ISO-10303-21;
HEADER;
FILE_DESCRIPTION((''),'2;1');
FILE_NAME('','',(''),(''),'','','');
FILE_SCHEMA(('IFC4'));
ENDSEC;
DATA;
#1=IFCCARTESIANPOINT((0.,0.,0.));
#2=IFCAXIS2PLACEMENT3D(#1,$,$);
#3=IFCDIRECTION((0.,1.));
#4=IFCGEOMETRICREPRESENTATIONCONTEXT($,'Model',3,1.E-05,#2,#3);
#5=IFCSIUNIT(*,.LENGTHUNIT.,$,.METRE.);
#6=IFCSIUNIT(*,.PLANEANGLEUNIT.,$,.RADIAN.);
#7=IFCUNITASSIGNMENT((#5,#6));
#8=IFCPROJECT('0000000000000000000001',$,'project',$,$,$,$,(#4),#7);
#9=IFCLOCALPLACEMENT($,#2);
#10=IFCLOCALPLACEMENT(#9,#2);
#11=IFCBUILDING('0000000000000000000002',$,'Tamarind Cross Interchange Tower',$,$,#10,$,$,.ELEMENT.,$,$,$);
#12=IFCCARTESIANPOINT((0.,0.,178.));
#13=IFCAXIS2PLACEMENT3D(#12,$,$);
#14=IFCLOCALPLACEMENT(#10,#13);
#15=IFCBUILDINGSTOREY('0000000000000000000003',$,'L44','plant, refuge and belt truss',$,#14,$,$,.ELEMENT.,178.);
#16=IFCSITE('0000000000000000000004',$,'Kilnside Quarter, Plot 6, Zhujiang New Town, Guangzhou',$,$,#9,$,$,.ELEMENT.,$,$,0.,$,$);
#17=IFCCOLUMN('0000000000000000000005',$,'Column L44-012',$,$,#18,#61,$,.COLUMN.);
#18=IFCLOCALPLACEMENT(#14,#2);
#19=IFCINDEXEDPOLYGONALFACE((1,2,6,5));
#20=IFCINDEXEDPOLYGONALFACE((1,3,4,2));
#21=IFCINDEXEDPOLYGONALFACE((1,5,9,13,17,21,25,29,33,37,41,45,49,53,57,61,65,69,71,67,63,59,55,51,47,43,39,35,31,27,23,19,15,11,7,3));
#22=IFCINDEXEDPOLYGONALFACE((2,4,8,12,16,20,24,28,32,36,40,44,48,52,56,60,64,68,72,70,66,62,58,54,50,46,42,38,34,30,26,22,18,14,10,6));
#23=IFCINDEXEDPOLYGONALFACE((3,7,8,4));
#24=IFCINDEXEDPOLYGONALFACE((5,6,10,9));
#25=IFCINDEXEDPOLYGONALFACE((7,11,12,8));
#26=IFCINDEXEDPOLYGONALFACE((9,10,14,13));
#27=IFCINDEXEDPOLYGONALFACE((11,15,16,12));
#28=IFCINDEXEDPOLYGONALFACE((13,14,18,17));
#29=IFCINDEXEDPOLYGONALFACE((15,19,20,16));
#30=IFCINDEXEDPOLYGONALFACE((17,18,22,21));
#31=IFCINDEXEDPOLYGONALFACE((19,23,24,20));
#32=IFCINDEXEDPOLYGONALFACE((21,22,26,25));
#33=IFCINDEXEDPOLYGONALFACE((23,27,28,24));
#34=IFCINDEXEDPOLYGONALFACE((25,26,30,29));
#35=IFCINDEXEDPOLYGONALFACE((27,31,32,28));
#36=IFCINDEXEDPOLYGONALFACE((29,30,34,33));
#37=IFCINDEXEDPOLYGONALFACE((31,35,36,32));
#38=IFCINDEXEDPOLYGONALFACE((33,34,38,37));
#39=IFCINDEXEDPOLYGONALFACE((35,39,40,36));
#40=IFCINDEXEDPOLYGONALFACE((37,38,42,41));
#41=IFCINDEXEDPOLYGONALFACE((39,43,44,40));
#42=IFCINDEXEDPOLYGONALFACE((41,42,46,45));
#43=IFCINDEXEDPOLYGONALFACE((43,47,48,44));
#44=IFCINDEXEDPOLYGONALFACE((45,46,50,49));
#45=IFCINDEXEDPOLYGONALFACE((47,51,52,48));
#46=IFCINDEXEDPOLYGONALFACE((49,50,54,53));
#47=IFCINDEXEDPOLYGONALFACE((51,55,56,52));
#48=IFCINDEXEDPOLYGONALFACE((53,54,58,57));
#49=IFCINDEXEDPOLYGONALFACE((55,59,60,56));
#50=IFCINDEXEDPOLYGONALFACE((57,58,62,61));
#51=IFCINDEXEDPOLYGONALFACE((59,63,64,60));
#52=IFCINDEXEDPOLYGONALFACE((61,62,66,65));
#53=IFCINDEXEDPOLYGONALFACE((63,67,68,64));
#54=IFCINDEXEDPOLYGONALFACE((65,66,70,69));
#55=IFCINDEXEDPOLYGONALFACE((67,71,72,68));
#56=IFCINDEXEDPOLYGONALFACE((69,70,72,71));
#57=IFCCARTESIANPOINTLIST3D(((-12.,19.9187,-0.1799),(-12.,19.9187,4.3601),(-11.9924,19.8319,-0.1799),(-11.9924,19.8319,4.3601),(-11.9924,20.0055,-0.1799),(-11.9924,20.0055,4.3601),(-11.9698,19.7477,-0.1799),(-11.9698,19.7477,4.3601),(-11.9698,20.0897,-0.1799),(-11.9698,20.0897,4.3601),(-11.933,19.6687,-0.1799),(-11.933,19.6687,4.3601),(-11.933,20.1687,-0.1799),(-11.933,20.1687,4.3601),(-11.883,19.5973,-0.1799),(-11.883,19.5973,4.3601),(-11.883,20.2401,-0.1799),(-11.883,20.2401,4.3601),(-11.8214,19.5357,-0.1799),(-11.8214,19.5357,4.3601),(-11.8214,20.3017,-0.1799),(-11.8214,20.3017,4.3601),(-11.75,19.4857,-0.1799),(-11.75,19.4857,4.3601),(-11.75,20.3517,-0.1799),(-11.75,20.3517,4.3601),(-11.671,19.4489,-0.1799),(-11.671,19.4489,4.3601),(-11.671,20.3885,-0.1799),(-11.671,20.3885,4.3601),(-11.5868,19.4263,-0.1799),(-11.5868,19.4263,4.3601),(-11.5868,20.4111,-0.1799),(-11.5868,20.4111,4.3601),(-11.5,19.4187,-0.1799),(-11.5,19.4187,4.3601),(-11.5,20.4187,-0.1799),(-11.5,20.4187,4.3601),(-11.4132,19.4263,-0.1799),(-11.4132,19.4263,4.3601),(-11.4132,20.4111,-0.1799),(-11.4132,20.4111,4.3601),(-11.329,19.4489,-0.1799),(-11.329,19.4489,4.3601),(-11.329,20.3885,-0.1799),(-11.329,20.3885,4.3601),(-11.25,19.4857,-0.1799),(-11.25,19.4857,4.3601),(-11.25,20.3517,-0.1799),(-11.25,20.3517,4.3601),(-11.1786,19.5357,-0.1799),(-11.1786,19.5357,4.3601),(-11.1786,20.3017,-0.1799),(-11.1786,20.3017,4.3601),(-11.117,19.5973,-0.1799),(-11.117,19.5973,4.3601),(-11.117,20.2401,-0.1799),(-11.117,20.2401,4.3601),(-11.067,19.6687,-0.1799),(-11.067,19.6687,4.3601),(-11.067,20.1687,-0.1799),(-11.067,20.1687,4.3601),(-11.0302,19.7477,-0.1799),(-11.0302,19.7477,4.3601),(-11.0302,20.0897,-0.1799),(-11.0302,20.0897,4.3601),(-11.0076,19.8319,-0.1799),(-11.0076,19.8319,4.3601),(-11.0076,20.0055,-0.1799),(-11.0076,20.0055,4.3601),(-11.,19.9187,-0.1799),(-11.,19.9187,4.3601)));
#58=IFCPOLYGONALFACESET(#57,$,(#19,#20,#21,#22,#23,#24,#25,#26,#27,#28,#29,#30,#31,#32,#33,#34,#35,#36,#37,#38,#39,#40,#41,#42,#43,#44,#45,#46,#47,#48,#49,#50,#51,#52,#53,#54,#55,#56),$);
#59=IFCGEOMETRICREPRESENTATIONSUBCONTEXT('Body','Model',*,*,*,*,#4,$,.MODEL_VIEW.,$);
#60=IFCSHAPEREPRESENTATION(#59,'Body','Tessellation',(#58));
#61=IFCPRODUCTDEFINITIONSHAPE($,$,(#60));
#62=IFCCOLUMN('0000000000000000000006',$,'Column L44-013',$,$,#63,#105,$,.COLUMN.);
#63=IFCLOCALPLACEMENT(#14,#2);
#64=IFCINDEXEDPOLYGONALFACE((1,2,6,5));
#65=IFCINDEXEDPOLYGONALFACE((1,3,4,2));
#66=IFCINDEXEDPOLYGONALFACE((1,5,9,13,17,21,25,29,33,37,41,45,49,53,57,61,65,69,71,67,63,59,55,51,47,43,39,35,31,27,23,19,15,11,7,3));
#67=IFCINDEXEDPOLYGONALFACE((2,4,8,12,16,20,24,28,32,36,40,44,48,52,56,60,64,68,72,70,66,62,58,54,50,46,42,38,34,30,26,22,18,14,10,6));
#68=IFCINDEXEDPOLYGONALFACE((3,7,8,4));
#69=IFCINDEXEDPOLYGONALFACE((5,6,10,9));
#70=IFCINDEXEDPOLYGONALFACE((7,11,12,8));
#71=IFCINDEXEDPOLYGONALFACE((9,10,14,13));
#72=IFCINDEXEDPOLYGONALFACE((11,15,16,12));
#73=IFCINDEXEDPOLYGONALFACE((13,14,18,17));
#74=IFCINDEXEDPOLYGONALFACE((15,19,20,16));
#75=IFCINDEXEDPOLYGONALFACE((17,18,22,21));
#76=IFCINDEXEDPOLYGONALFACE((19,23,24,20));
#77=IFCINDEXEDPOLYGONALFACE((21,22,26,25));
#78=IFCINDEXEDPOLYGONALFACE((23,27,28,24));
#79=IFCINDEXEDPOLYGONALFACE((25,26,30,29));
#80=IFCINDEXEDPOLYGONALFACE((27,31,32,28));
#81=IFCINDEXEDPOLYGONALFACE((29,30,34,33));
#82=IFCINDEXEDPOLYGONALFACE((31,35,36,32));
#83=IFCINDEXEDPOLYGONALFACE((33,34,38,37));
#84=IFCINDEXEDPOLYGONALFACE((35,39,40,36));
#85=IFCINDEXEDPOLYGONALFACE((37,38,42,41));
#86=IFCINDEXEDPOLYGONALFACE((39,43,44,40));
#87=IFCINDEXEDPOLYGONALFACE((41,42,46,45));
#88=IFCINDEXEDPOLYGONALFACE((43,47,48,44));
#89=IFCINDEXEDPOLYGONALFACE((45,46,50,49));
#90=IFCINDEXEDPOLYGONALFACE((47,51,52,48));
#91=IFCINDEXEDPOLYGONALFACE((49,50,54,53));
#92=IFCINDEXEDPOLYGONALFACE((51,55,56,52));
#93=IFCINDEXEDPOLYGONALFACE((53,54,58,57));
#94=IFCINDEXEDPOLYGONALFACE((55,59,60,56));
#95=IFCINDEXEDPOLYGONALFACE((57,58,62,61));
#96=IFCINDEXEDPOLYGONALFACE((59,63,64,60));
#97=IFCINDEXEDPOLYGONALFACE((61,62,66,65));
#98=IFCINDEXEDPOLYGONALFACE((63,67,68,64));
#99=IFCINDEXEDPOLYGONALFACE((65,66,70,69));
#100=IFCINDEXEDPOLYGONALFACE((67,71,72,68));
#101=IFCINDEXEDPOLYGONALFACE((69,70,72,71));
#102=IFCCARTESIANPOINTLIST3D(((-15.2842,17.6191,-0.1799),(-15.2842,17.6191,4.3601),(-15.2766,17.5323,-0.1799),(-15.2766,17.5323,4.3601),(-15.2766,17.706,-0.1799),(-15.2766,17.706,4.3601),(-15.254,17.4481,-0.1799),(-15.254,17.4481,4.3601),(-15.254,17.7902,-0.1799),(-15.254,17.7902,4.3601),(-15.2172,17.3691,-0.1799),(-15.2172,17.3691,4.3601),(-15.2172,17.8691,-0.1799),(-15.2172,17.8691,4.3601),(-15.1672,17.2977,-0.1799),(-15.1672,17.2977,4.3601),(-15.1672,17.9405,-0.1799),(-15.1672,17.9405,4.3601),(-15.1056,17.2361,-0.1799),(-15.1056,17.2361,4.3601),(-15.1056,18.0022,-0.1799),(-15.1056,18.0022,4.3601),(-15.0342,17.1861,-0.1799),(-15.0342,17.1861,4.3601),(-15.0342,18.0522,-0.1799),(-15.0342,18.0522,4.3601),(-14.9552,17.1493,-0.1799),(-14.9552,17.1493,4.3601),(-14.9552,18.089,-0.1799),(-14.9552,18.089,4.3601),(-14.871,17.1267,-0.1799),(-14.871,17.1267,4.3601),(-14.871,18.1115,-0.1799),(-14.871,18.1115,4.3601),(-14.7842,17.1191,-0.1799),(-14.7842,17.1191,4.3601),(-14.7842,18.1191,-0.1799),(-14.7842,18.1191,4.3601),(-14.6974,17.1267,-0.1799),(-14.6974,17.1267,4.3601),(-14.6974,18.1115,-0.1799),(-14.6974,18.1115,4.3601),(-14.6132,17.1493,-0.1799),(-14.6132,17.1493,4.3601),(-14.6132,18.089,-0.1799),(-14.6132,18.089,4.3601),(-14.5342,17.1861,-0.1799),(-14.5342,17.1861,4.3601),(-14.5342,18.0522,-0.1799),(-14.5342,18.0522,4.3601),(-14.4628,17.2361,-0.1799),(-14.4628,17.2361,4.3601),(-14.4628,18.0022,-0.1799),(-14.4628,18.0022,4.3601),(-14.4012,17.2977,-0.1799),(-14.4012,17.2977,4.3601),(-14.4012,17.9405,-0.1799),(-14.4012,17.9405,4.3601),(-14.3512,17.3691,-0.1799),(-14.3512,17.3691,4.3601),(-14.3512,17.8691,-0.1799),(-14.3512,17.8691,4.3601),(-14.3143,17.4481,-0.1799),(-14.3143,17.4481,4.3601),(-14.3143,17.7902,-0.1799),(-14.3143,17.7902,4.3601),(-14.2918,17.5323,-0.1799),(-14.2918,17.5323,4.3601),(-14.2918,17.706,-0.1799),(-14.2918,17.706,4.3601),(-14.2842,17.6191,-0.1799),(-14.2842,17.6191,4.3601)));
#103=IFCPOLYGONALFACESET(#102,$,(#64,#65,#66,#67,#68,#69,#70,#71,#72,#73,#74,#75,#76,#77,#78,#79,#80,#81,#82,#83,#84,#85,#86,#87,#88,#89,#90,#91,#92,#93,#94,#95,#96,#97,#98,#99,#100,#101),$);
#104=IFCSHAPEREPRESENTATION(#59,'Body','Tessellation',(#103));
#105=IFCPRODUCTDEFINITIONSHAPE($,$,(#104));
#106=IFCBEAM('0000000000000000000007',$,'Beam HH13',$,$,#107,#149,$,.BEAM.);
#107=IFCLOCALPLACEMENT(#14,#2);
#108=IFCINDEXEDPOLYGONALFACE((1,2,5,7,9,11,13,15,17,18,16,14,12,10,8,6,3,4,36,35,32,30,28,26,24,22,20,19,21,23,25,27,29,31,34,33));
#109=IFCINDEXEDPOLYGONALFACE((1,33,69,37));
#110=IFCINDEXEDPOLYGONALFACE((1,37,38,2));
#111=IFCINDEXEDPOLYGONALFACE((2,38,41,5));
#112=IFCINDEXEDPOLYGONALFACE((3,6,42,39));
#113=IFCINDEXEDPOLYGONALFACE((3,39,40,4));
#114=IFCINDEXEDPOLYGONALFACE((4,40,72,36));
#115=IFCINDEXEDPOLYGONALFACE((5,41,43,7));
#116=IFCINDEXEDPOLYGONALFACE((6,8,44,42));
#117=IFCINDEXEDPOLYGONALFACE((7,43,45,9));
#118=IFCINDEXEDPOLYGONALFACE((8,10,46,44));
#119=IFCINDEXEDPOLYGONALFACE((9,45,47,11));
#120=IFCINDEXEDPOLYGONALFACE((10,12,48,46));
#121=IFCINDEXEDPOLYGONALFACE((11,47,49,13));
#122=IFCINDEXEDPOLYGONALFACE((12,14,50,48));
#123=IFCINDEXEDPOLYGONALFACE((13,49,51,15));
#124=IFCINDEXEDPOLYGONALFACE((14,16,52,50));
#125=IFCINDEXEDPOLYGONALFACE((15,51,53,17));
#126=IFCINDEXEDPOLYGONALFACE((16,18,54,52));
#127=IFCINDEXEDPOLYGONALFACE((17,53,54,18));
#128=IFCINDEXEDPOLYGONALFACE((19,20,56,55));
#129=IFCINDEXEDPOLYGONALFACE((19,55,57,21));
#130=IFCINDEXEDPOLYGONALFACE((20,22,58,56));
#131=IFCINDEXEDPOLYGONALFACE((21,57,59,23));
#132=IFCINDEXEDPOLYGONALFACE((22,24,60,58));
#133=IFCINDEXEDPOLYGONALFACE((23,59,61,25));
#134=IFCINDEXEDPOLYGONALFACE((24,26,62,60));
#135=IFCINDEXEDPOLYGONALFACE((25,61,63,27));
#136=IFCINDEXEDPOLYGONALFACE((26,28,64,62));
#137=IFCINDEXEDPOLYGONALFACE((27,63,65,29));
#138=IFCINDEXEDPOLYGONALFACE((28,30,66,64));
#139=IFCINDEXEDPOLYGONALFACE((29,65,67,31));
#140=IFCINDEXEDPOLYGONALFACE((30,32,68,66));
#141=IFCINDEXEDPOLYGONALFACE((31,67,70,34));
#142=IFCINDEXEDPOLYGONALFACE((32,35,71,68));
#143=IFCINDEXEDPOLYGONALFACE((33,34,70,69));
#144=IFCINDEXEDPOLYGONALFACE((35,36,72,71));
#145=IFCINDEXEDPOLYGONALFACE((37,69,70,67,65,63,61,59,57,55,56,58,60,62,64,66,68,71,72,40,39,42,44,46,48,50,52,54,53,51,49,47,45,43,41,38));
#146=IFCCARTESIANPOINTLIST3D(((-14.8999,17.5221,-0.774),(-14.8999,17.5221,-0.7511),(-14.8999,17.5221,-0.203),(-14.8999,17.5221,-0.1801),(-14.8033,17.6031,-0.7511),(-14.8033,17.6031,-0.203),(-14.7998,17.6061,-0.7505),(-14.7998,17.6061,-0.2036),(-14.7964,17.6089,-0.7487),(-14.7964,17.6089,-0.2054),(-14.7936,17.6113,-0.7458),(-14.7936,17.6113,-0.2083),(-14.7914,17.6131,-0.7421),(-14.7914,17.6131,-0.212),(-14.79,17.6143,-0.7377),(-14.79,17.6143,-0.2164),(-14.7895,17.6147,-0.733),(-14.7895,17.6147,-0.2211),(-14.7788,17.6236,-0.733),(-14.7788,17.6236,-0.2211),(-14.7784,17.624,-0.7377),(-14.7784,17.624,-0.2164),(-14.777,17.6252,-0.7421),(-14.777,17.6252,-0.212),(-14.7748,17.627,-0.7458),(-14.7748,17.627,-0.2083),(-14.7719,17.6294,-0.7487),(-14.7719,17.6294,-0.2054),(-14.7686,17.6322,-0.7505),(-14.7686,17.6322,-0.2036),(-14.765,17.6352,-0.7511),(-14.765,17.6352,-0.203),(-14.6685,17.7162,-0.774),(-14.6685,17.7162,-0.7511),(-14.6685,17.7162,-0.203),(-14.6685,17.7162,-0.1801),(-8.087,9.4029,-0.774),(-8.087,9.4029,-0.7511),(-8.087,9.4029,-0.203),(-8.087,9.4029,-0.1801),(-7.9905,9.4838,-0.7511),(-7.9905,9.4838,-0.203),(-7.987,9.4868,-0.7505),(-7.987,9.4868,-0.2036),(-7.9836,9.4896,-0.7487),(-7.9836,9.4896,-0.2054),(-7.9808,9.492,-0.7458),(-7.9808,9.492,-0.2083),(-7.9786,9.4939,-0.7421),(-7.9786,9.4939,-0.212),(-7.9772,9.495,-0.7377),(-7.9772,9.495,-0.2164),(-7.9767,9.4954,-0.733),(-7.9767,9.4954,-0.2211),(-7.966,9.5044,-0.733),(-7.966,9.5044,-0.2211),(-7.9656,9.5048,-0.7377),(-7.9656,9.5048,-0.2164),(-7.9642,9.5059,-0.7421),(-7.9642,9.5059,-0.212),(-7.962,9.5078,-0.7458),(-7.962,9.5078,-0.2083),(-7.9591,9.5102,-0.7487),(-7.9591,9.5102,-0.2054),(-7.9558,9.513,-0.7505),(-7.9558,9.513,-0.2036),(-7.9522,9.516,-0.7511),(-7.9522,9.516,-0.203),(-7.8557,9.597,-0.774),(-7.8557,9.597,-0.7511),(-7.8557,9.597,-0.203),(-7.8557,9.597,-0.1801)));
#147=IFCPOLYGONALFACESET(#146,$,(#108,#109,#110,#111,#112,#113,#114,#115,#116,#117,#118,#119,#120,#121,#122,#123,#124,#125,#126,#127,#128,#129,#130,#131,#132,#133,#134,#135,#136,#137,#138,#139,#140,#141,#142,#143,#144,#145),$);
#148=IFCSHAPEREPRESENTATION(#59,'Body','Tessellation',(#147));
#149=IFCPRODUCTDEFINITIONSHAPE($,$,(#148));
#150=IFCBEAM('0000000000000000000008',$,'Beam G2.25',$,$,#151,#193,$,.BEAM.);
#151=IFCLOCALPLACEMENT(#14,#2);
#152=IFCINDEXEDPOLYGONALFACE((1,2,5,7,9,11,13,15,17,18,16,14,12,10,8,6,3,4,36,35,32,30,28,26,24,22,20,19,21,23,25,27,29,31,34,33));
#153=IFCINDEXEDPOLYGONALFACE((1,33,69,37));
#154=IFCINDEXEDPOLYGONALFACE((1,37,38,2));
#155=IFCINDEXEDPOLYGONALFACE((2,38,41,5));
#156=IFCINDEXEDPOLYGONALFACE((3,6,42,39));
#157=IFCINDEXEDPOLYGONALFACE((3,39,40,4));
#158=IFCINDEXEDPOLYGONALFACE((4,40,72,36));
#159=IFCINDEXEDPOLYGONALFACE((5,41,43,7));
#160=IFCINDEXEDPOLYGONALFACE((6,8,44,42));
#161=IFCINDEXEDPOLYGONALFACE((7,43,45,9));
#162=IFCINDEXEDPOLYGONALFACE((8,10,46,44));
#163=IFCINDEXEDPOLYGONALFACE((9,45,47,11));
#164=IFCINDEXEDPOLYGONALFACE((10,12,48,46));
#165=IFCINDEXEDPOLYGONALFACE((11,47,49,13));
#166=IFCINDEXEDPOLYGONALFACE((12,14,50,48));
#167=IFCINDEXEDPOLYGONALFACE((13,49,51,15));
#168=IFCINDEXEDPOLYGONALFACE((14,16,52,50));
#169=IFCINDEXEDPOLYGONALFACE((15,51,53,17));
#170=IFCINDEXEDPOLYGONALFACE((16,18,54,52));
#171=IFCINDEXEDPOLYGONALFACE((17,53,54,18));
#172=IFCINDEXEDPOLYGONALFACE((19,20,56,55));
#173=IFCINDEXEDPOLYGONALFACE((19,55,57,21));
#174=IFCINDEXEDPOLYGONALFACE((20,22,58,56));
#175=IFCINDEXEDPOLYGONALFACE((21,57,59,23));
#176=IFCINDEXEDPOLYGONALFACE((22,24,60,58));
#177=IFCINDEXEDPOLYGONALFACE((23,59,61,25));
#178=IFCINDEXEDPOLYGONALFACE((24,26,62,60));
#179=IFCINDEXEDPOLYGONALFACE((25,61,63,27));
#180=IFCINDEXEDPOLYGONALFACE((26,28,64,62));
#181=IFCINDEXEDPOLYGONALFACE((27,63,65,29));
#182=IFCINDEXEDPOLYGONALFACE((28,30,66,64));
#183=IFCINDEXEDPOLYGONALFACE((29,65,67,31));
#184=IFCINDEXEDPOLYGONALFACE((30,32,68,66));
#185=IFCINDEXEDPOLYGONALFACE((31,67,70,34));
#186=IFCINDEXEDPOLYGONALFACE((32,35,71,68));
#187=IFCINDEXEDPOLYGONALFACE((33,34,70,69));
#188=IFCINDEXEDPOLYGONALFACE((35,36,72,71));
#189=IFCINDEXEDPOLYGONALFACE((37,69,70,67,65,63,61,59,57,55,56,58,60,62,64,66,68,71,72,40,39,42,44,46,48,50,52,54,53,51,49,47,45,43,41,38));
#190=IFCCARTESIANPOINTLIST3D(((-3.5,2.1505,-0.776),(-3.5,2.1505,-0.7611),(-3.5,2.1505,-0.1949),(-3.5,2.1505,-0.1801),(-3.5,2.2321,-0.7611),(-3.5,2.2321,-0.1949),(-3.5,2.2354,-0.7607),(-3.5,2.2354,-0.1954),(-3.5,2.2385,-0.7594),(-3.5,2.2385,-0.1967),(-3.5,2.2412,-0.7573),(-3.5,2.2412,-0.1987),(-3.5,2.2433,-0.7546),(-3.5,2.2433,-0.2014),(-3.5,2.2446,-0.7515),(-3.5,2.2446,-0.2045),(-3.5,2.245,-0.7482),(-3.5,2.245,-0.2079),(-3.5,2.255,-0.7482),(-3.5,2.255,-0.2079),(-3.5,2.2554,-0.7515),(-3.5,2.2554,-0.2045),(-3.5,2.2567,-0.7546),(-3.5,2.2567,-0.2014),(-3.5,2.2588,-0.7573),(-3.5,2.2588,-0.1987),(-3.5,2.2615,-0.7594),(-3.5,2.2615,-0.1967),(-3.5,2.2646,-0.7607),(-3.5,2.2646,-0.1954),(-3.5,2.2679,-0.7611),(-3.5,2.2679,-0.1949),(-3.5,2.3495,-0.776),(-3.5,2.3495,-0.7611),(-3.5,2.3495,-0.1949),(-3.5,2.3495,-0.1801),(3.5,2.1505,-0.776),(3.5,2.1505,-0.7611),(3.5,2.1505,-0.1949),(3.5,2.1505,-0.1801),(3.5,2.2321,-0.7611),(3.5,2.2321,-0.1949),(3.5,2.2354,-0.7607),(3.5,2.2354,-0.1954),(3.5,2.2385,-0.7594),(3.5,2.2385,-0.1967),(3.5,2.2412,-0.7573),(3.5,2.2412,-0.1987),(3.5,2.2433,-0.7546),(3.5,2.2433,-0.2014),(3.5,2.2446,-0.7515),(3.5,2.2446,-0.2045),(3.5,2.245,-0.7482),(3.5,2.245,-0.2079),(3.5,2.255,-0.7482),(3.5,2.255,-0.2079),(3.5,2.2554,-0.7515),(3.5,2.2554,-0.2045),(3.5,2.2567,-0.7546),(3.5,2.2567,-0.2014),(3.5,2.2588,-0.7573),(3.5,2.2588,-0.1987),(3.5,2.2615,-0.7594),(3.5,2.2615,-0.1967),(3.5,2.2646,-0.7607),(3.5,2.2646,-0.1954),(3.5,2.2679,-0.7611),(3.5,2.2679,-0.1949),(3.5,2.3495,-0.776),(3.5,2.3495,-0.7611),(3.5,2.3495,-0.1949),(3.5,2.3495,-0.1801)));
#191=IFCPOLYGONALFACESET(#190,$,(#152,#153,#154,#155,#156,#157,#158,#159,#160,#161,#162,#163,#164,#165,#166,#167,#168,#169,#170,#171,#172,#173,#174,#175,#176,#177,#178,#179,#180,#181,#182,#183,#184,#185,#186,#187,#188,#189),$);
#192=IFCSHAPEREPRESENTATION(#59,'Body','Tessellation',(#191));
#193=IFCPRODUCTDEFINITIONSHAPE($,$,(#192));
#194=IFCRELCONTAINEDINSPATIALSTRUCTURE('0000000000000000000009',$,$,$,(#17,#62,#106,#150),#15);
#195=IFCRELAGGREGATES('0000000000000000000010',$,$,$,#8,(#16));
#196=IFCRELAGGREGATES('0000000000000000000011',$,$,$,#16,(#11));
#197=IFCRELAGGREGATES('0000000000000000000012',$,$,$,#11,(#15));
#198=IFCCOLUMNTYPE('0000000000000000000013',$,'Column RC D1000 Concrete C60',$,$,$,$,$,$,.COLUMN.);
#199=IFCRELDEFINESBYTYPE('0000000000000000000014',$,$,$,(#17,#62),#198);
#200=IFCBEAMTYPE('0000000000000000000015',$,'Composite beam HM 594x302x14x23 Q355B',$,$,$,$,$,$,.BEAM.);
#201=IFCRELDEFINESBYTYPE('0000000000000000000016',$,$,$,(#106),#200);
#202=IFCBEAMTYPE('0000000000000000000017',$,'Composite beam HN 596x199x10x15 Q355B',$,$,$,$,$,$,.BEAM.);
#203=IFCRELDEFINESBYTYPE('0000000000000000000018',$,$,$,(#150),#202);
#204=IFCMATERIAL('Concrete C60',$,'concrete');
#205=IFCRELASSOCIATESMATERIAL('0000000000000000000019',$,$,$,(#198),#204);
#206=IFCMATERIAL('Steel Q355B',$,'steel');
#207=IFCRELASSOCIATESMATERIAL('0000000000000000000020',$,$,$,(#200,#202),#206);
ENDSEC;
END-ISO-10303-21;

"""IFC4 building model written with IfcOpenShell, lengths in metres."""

from ifc_helpers import new_model, si_unit, direction, frame, origin, origin_2d, place, context, subcontext, project, spatial, circle, i_section, extrude, material, material_profile, profile_set, type_object, element, save


model = new_model("IFC4")

# Units and contexts
model_context = context("Model", 3, precision=1e-05, world=origin(), true_north=direction((0.0, 1.0)))
body_context = subcontext(model_context, "Body", "Model", "MODEL_VIEW")
ifc_project = project(units=[si_unit("LENGTHUNIT", "METRE"), si_unit("PLANEANGLEUNIT", "RADIAN")], contexts=[model_context])

# Site, building, storey
site_placement = place(None, origin())
site = spatial("IfcSite", under=ifc_project, at=site_placement, Name="Kilnside Quarter, Plot 6, Zhujiang New Town, Guangzhou", CompositionType="ELEMENT", RefElevation=0.0)
building_placement = place(site_placement, origin())
building = spatial("IfcBuilding", under=site, at=building_placement, Name="Tamarind Cross Interchange Tower", CompositionType="ELEMENT")
storey_placement = place(building_placement, frame((0.0, 0.0, 178.0)))
storey = spatial("IfcBuildingStorey", under=building, at=storey_placement, Name="L44", Description="plant, refuge and belt truss", CompositionType="ELEMENT", Elevation=178.0)

# Columns
ifc_material_1 = material(Name="Concrete C60", Category="concrete")
ifc_material_profile_1 = material_profile(ifc_material_1, circle(Radius=0.5, at=origin_2d()), Name="RC D1000")
ifc_profile_set_1 = profile_set([ifc_material_profile_1], Name="Concrete C60")
column_type = type_object("IfcColumnType", Name="Column RC D1000 Concrete C60", PredefinedType="COLUMN", material=ifc_profile_set_1)
for number, where, z_axis, x_axis, name in (
    (1, (-11.5, 19.9187, -0.1799), (0.0, 0.0, 1.0), (1.0, 0.0, 0.0), "Column L44-012"),
    (2, (-14.7842, 17.6191, -0.1799), (0.0, 0.0, 1.0), (1.0, 0.0, 0.0), "Column L44-013"),
):
    element("IfcColumn", number, at=place(storey_placement, frame(where, z_axis=z_axis, x_axis=x_axis)), inside=storey, type_object=column_type, Name=name, PredefinedType="COLUMN", context=body_context, shape_type="SweptSolid", body=[
        extrude(circle(Radius=0.5, at=origin_2d()), origin(), (0.0, 0.0, 1.0), 4.54),
    ])

# Beams
ifc_material_2 = material(Name="Steel Q355B", Category="steel")
ifc_material_profile_2 = material_profile(ifc_material_2, i_section(OverallWidth=0.302, OverallDepth=0.594, WebThickness=0.0139, FlangeThickness=0.0229, FilletRadius=0.0181, at=origin_2d()), Name="HM 594x302x14x23")
ifc_profile_set_2 = profile_set([ifc_material_profile_2], Name="Steel Q355B")
beam_type_1 = type_object("IfcBeamType", Name="Composite beam HM 594x302x14x23 Q355B", PredefinedType="BEAM", material=ifc_profile_set_2)
beam_placement = place(storey_placement, frame((-14.7842, 17.6191, -0.4771), z_axis=(0.642786, -0.766046, 0.0), x_axis=(0.766046, 0.642786, 0.0)))
element("IfcBeam", 3, at=beam_placement, inside=storey, type_object=beam_type_1, Name="Beam HH13", PredefinedType="BEAM", context=body_context, shape_type="SweptSolid", body=[
    extrude(i_section(OverallWidth=0.302, OverallDepth=0.594, WebThickness=0.0139, FlangeThickness=0.0229, FilletRadius=0.0181, at=origin_2d()), origin(), (0.0, 0.0, 1.0), 10.5989),
])
ifc_material_profile_3 = material_profile(ifc_material_2, i_section(OverallWidth=0.199, OverallDepth=0.5959, WebThickness=0.01, FlangeThickness=0.0149, FilletRadius=0.0129, at=origin_2d()), Name="HN 596x199x10x15")
ifc_profile_set_3 = profile_set([ifc_material_profile_3], Name="Steel Q355B")
beam_type_2 = type_object("IfcBeamType", Name="Composite beam HN 596x199x10x15 Q355B", PredefinedType="BEAM", material=ifc_profile_set_3)
for number, where, z_axis, x_axis, name in (
    (4, (-3.5, 2.25, -0.478), (1.0, 0.0, 0.0), (0.0, 1.0, 0.0), "Beam G2.25"),
):
    element("IfcBeam", number, at=place(storey_placement, frame(where, z_axis=z_axis, x_axis=x_axis)), inside=storey, type_object=beam_type_2, Name=name, PredefinedType="BEAM", context=body_context, shape_type="SweptSolid", body=[
        extrude(i_section(OverallWidth=0.199, OverallDepth=0.5959, WebThickness=0.01, FlangeThickness=0.0149, FilletRadius=0.0129, at=origin_2d()), origin(), (0.0, 0.0, 1.0), 7.0),
    ])

save(model, "model.ifc")
